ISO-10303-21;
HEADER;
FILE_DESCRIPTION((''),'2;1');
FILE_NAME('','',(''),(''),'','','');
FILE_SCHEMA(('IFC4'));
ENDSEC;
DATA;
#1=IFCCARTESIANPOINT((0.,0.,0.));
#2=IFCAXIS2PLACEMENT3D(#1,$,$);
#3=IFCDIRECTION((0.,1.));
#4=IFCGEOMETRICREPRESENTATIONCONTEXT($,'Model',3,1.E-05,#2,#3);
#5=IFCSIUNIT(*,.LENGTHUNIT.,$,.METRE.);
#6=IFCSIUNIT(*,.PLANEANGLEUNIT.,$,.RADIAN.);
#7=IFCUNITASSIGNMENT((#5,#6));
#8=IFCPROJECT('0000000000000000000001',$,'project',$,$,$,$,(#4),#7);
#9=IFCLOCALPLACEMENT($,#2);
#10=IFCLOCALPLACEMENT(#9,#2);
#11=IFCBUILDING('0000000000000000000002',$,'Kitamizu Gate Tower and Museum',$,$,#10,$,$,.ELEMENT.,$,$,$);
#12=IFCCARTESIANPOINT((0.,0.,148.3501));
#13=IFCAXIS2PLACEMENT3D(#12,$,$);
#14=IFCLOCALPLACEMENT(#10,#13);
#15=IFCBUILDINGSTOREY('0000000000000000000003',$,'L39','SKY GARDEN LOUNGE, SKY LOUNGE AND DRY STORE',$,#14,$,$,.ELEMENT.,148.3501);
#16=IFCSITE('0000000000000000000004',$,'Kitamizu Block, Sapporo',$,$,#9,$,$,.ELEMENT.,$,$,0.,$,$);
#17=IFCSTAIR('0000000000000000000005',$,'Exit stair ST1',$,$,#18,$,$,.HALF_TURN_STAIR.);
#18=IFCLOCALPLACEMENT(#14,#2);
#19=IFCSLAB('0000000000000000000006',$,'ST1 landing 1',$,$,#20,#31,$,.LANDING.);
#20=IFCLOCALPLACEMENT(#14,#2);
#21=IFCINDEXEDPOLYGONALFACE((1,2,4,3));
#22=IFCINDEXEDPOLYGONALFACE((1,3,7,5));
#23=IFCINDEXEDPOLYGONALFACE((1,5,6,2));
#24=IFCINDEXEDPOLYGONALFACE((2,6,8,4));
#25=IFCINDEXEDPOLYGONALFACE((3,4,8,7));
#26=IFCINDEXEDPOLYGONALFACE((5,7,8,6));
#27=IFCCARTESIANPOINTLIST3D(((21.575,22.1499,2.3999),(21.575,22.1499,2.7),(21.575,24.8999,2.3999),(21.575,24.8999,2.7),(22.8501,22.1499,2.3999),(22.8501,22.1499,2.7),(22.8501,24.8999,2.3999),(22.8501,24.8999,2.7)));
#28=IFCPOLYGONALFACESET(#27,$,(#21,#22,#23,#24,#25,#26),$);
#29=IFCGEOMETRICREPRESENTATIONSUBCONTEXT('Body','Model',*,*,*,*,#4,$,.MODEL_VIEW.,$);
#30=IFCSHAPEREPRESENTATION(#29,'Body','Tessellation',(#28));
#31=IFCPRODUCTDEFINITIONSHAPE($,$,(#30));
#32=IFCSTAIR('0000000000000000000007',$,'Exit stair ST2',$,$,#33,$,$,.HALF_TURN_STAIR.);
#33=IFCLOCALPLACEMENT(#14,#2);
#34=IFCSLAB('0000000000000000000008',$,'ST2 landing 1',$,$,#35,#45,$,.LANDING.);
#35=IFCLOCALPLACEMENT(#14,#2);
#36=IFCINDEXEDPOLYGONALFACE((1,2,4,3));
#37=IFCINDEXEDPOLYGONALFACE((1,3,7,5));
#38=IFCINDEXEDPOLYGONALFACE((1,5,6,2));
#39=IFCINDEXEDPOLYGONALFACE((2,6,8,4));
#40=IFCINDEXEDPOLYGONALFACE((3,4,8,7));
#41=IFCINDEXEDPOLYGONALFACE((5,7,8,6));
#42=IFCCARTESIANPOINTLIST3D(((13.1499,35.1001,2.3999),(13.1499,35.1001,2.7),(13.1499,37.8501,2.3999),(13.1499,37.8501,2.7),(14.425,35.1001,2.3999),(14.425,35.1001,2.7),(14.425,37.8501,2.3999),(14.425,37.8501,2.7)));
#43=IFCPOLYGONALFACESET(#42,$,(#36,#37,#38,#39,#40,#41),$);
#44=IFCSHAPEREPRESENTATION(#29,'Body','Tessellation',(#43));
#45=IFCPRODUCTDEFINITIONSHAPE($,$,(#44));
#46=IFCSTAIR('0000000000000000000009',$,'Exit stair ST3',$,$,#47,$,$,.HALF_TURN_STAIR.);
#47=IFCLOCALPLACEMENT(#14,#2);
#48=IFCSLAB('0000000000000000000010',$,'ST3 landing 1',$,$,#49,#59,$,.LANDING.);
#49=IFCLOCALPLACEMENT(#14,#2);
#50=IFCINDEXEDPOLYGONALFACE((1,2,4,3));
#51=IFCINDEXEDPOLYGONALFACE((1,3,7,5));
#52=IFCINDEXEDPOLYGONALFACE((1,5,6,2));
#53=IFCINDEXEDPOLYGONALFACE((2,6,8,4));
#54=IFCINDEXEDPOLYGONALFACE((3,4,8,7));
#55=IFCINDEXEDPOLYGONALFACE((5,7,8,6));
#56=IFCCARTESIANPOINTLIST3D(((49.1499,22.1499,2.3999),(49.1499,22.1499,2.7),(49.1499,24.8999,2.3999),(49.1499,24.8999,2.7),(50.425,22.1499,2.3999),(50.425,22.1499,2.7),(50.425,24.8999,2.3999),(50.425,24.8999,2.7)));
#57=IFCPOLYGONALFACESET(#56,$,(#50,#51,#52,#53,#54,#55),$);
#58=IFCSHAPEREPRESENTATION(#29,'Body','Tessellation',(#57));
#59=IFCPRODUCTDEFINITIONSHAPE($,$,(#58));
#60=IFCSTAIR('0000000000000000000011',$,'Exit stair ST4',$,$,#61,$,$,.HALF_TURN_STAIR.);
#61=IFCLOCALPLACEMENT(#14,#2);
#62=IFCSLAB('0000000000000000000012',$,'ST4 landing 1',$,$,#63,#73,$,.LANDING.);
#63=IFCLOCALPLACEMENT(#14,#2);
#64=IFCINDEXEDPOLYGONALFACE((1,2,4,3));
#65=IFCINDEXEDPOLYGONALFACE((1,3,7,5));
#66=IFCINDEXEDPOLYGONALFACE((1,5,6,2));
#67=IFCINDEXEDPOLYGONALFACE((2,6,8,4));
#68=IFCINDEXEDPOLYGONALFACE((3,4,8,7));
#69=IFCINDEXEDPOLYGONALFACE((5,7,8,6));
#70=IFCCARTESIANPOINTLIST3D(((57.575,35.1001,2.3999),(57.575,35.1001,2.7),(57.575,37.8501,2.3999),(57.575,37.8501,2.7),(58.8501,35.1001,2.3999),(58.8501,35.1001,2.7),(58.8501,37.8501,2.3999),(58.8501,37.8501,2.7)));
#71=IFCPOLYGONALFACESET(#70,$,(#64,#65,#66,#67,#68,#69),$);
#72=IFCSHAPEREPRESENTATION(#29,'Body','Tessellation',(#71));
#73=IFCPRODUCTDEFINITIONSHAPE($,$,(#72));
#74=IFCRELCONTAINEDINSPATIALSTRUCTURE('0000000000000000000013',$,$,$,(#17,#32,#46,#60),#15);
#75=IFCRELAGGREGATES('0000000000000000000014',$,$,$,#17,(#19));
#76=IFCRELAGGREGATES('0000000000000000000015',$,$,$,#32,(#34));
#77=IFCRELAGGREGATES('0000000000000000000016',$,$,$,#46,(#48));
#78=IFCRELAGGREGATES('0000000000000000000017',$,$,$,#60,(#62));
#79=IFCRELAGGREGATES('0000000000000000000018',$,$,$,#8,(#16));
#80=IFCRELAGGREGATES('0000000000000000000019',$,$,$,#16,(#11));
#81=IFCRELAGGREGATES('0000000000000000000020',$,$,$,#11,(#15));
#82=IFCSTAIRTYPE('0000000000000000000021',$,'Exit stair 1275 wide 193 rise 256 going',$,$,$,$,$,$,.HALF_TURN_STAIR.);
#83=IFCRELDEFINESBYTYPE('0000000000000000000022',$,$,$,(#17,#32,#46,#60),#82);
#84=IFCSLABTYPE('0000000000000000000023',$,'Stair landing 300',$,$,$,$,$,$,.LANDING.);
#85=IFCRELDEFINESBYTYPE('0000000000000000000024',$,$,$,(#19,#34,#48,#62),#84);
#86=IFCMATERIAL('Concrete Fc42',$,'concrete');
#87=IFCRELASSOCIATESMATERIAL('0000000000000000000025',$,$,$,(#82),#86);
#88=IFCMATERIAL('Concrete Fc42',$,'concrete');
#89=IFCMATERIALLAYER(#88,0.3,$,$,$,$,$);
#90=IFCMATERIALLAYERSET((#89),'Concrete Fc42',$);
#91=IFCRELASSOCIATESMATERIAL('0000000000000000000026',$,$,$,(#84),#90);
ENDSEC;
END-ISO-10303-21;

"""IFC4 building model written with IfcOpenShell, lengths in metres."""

from ifc_helpers import new_model, si_unit, direction, frame, origin, place, context, subcontext, project, spatial, polyline, outline, extrude, material, layer, layer_set, type_object, element, aggregate, save


model = new_model("IFC4")

# Units and contexts
model_context = context("Model", 3, precision=1e-05, world=origin(), true_north=direction((0.0, 1.0)))
body_context = subcontext(model_context, "Body", "Model", "MODEL_VIEW")
ifc_project = project(units=[si_unit("LENGTHUNIT", "METRE"), si_unit("PLANEANGLEUNIT", "RADIAN")], contexts=[model_context])

# Site, building, storey
site_placement = place(None, origin())
site = spatial("IfcSite", under=ifc_project, at=site_placement, Name="Kitamizu Block, Sapporo", CompositionType="ELEMENT", RefElevation=0.0)
building_placement = place(site_placement, origin())
building = spatial("IfcBuilding", under=site, at=building_placement, Name="Kitamizu Gate Tower and Museum", CompositionType="ELEMENT")
storey_placement = place(building_placement, frame((0.0, 0.0, 148.3501)))
storey = spatial("IfcBuildingStorey", under=building, at=storey_placement, Name="L39", Description="SKY GARDEN LOUNGE, SKY LOUNGE AND DRY STORE", CompositionType="ELEMENT", Elevation=148.3501)

# Stairs, slabs
ifc_material_1 = material(Name="Concrete Fc42", Category="concrete")
stair_type = type_object("IfcStairType", Name="Exit stair 1275 wide 193 rise 256 going", PredefinedType="HALF_TURN_STAIR", material=ifc_material_1)
stair_1_placement = place(storey_placement, origin())
stair_1 = element("IfcStair", 1, at=stair_1_placement, inside=storey, type_object=stair_type, Name="Exit stair ST1", PredefinedType="HALF_TURN_STAIR")
ifc_material_2 = material(Name="Concrete Fc42", Category="concrete")
ifc_layer_1 = layer(ifc_material_2, 0.3)
ifc_layer_set_1 = layer_set([ifc_layer_1], Name="Concrete Fc42")
slab_type_1 = type_object("IfcSlabType", Name="Stair landing 300", PredefinedType="LANDING", material=ifc_layer_set_1)
slab_1_placement = place(storey_placement, frame((0.0, 0.0, 2.3999)))
slab_1 = element("IfcSlab", 2, at=slab_1_placement, type_object=slab_type_1, Name="ST1 landing 1", PredefinedType="LANDING", context=body_context, shape_type="SweptSolid", body=[
    extrude(outline(polyline([(21.575, 22.1499), (22.8501, 22.1499), (22.8501, 24.8999), (21.575, 24.8999), (21.575, 22.1499)])), origin(), (0.0, 0.0, 1.0), 0.3),
])
aggregate(stair_1, [slab_1])
stair_2_placement = place(storey_placement, origin())
stair_2 = element("IfcStair", 3, at=stair_2_placement, inside=storey, type_object=stair_type, Name="Exit stair ST2", PredefinedType="HALF_TURN_STAIR")
slab_2_placement = place(storey_placement, frame((0.0, 0.0, 2.3999)))
slab_2 = element("IfcSlab", 4, at=slab_2_placement, type_object=slab_type_1, Name="ST2 landing 1", PredefinedType="LANDING", context=body_context, shape_type="SweptSolid", body=[
    extrude(outline(polyline([(13.1499, 35.1001), (14.425, 35.1001), (14.425, 37.8501), (13.1499, 37.8501), (13.1499, 35.1001)])), origin(), (0.0, 0.0, 1.0), 0.3),
])
aggregate(stair_2, [slab_2])
stair_3_placement = place(storey_placement, origin())
stair_3 = element("IfcStair", 5, at=stair_3_placement, inside=storey, type_object=stair_type, Name="Exit stair ST3", PredefinedType="HALF_TURN_STAIR")
slab_3_placement = place(storey_placement, frame((0.0, 0.0, 2.3999)))
slab_3 = element("IfcSlab", 6, at=slab_3_placement, type_object=slab_type_1, Name="ST3 landing 1", PredefinedType="LANDING", context=body_context, shape_type="SweptSolid", body=[
    extrude(outline(polyline([(49.1499, 22.1499), (50.425, 22.1499), (50.425, 24.8999), (49.1499, 24.8999), (49.1499, 22.1499)])), origin(), (0.0, 0.0, 1.0), 0.3),
])
aggregate(stair_3, [slab_3])
stair_4_placement = place(storey_placement, origin())
stair_4 = element("IfcStair", 7, at=stair_4_placement, inside=storey, type_object=stair_type, Name="Exit stair ST4", PredefinedType="HALF_TURN_STAIR")
slab_4_placement = place(storey_placement, frame((0.0, 0.0, 2.3999)))
slab_4 = element("IfcSlab", 8, at=slab_4_placement, type_object=slab_type_1, Name="ST4 landing 1", PredefinedType="LANDING", context=body_context, shape_type="SweptSolid", body=[
    extrude(outline(polyline([(57.575, 35.1001), (58.8501, 35.1001), (58.8501, 37.8501), (57.575, 37.8501), (57.575, 35.1001)])), origin(), (0.0, 0.0, 1.0), 0.3),
])
aggregate(stair_4, [slab_4])

save(model, "model.ifc")
